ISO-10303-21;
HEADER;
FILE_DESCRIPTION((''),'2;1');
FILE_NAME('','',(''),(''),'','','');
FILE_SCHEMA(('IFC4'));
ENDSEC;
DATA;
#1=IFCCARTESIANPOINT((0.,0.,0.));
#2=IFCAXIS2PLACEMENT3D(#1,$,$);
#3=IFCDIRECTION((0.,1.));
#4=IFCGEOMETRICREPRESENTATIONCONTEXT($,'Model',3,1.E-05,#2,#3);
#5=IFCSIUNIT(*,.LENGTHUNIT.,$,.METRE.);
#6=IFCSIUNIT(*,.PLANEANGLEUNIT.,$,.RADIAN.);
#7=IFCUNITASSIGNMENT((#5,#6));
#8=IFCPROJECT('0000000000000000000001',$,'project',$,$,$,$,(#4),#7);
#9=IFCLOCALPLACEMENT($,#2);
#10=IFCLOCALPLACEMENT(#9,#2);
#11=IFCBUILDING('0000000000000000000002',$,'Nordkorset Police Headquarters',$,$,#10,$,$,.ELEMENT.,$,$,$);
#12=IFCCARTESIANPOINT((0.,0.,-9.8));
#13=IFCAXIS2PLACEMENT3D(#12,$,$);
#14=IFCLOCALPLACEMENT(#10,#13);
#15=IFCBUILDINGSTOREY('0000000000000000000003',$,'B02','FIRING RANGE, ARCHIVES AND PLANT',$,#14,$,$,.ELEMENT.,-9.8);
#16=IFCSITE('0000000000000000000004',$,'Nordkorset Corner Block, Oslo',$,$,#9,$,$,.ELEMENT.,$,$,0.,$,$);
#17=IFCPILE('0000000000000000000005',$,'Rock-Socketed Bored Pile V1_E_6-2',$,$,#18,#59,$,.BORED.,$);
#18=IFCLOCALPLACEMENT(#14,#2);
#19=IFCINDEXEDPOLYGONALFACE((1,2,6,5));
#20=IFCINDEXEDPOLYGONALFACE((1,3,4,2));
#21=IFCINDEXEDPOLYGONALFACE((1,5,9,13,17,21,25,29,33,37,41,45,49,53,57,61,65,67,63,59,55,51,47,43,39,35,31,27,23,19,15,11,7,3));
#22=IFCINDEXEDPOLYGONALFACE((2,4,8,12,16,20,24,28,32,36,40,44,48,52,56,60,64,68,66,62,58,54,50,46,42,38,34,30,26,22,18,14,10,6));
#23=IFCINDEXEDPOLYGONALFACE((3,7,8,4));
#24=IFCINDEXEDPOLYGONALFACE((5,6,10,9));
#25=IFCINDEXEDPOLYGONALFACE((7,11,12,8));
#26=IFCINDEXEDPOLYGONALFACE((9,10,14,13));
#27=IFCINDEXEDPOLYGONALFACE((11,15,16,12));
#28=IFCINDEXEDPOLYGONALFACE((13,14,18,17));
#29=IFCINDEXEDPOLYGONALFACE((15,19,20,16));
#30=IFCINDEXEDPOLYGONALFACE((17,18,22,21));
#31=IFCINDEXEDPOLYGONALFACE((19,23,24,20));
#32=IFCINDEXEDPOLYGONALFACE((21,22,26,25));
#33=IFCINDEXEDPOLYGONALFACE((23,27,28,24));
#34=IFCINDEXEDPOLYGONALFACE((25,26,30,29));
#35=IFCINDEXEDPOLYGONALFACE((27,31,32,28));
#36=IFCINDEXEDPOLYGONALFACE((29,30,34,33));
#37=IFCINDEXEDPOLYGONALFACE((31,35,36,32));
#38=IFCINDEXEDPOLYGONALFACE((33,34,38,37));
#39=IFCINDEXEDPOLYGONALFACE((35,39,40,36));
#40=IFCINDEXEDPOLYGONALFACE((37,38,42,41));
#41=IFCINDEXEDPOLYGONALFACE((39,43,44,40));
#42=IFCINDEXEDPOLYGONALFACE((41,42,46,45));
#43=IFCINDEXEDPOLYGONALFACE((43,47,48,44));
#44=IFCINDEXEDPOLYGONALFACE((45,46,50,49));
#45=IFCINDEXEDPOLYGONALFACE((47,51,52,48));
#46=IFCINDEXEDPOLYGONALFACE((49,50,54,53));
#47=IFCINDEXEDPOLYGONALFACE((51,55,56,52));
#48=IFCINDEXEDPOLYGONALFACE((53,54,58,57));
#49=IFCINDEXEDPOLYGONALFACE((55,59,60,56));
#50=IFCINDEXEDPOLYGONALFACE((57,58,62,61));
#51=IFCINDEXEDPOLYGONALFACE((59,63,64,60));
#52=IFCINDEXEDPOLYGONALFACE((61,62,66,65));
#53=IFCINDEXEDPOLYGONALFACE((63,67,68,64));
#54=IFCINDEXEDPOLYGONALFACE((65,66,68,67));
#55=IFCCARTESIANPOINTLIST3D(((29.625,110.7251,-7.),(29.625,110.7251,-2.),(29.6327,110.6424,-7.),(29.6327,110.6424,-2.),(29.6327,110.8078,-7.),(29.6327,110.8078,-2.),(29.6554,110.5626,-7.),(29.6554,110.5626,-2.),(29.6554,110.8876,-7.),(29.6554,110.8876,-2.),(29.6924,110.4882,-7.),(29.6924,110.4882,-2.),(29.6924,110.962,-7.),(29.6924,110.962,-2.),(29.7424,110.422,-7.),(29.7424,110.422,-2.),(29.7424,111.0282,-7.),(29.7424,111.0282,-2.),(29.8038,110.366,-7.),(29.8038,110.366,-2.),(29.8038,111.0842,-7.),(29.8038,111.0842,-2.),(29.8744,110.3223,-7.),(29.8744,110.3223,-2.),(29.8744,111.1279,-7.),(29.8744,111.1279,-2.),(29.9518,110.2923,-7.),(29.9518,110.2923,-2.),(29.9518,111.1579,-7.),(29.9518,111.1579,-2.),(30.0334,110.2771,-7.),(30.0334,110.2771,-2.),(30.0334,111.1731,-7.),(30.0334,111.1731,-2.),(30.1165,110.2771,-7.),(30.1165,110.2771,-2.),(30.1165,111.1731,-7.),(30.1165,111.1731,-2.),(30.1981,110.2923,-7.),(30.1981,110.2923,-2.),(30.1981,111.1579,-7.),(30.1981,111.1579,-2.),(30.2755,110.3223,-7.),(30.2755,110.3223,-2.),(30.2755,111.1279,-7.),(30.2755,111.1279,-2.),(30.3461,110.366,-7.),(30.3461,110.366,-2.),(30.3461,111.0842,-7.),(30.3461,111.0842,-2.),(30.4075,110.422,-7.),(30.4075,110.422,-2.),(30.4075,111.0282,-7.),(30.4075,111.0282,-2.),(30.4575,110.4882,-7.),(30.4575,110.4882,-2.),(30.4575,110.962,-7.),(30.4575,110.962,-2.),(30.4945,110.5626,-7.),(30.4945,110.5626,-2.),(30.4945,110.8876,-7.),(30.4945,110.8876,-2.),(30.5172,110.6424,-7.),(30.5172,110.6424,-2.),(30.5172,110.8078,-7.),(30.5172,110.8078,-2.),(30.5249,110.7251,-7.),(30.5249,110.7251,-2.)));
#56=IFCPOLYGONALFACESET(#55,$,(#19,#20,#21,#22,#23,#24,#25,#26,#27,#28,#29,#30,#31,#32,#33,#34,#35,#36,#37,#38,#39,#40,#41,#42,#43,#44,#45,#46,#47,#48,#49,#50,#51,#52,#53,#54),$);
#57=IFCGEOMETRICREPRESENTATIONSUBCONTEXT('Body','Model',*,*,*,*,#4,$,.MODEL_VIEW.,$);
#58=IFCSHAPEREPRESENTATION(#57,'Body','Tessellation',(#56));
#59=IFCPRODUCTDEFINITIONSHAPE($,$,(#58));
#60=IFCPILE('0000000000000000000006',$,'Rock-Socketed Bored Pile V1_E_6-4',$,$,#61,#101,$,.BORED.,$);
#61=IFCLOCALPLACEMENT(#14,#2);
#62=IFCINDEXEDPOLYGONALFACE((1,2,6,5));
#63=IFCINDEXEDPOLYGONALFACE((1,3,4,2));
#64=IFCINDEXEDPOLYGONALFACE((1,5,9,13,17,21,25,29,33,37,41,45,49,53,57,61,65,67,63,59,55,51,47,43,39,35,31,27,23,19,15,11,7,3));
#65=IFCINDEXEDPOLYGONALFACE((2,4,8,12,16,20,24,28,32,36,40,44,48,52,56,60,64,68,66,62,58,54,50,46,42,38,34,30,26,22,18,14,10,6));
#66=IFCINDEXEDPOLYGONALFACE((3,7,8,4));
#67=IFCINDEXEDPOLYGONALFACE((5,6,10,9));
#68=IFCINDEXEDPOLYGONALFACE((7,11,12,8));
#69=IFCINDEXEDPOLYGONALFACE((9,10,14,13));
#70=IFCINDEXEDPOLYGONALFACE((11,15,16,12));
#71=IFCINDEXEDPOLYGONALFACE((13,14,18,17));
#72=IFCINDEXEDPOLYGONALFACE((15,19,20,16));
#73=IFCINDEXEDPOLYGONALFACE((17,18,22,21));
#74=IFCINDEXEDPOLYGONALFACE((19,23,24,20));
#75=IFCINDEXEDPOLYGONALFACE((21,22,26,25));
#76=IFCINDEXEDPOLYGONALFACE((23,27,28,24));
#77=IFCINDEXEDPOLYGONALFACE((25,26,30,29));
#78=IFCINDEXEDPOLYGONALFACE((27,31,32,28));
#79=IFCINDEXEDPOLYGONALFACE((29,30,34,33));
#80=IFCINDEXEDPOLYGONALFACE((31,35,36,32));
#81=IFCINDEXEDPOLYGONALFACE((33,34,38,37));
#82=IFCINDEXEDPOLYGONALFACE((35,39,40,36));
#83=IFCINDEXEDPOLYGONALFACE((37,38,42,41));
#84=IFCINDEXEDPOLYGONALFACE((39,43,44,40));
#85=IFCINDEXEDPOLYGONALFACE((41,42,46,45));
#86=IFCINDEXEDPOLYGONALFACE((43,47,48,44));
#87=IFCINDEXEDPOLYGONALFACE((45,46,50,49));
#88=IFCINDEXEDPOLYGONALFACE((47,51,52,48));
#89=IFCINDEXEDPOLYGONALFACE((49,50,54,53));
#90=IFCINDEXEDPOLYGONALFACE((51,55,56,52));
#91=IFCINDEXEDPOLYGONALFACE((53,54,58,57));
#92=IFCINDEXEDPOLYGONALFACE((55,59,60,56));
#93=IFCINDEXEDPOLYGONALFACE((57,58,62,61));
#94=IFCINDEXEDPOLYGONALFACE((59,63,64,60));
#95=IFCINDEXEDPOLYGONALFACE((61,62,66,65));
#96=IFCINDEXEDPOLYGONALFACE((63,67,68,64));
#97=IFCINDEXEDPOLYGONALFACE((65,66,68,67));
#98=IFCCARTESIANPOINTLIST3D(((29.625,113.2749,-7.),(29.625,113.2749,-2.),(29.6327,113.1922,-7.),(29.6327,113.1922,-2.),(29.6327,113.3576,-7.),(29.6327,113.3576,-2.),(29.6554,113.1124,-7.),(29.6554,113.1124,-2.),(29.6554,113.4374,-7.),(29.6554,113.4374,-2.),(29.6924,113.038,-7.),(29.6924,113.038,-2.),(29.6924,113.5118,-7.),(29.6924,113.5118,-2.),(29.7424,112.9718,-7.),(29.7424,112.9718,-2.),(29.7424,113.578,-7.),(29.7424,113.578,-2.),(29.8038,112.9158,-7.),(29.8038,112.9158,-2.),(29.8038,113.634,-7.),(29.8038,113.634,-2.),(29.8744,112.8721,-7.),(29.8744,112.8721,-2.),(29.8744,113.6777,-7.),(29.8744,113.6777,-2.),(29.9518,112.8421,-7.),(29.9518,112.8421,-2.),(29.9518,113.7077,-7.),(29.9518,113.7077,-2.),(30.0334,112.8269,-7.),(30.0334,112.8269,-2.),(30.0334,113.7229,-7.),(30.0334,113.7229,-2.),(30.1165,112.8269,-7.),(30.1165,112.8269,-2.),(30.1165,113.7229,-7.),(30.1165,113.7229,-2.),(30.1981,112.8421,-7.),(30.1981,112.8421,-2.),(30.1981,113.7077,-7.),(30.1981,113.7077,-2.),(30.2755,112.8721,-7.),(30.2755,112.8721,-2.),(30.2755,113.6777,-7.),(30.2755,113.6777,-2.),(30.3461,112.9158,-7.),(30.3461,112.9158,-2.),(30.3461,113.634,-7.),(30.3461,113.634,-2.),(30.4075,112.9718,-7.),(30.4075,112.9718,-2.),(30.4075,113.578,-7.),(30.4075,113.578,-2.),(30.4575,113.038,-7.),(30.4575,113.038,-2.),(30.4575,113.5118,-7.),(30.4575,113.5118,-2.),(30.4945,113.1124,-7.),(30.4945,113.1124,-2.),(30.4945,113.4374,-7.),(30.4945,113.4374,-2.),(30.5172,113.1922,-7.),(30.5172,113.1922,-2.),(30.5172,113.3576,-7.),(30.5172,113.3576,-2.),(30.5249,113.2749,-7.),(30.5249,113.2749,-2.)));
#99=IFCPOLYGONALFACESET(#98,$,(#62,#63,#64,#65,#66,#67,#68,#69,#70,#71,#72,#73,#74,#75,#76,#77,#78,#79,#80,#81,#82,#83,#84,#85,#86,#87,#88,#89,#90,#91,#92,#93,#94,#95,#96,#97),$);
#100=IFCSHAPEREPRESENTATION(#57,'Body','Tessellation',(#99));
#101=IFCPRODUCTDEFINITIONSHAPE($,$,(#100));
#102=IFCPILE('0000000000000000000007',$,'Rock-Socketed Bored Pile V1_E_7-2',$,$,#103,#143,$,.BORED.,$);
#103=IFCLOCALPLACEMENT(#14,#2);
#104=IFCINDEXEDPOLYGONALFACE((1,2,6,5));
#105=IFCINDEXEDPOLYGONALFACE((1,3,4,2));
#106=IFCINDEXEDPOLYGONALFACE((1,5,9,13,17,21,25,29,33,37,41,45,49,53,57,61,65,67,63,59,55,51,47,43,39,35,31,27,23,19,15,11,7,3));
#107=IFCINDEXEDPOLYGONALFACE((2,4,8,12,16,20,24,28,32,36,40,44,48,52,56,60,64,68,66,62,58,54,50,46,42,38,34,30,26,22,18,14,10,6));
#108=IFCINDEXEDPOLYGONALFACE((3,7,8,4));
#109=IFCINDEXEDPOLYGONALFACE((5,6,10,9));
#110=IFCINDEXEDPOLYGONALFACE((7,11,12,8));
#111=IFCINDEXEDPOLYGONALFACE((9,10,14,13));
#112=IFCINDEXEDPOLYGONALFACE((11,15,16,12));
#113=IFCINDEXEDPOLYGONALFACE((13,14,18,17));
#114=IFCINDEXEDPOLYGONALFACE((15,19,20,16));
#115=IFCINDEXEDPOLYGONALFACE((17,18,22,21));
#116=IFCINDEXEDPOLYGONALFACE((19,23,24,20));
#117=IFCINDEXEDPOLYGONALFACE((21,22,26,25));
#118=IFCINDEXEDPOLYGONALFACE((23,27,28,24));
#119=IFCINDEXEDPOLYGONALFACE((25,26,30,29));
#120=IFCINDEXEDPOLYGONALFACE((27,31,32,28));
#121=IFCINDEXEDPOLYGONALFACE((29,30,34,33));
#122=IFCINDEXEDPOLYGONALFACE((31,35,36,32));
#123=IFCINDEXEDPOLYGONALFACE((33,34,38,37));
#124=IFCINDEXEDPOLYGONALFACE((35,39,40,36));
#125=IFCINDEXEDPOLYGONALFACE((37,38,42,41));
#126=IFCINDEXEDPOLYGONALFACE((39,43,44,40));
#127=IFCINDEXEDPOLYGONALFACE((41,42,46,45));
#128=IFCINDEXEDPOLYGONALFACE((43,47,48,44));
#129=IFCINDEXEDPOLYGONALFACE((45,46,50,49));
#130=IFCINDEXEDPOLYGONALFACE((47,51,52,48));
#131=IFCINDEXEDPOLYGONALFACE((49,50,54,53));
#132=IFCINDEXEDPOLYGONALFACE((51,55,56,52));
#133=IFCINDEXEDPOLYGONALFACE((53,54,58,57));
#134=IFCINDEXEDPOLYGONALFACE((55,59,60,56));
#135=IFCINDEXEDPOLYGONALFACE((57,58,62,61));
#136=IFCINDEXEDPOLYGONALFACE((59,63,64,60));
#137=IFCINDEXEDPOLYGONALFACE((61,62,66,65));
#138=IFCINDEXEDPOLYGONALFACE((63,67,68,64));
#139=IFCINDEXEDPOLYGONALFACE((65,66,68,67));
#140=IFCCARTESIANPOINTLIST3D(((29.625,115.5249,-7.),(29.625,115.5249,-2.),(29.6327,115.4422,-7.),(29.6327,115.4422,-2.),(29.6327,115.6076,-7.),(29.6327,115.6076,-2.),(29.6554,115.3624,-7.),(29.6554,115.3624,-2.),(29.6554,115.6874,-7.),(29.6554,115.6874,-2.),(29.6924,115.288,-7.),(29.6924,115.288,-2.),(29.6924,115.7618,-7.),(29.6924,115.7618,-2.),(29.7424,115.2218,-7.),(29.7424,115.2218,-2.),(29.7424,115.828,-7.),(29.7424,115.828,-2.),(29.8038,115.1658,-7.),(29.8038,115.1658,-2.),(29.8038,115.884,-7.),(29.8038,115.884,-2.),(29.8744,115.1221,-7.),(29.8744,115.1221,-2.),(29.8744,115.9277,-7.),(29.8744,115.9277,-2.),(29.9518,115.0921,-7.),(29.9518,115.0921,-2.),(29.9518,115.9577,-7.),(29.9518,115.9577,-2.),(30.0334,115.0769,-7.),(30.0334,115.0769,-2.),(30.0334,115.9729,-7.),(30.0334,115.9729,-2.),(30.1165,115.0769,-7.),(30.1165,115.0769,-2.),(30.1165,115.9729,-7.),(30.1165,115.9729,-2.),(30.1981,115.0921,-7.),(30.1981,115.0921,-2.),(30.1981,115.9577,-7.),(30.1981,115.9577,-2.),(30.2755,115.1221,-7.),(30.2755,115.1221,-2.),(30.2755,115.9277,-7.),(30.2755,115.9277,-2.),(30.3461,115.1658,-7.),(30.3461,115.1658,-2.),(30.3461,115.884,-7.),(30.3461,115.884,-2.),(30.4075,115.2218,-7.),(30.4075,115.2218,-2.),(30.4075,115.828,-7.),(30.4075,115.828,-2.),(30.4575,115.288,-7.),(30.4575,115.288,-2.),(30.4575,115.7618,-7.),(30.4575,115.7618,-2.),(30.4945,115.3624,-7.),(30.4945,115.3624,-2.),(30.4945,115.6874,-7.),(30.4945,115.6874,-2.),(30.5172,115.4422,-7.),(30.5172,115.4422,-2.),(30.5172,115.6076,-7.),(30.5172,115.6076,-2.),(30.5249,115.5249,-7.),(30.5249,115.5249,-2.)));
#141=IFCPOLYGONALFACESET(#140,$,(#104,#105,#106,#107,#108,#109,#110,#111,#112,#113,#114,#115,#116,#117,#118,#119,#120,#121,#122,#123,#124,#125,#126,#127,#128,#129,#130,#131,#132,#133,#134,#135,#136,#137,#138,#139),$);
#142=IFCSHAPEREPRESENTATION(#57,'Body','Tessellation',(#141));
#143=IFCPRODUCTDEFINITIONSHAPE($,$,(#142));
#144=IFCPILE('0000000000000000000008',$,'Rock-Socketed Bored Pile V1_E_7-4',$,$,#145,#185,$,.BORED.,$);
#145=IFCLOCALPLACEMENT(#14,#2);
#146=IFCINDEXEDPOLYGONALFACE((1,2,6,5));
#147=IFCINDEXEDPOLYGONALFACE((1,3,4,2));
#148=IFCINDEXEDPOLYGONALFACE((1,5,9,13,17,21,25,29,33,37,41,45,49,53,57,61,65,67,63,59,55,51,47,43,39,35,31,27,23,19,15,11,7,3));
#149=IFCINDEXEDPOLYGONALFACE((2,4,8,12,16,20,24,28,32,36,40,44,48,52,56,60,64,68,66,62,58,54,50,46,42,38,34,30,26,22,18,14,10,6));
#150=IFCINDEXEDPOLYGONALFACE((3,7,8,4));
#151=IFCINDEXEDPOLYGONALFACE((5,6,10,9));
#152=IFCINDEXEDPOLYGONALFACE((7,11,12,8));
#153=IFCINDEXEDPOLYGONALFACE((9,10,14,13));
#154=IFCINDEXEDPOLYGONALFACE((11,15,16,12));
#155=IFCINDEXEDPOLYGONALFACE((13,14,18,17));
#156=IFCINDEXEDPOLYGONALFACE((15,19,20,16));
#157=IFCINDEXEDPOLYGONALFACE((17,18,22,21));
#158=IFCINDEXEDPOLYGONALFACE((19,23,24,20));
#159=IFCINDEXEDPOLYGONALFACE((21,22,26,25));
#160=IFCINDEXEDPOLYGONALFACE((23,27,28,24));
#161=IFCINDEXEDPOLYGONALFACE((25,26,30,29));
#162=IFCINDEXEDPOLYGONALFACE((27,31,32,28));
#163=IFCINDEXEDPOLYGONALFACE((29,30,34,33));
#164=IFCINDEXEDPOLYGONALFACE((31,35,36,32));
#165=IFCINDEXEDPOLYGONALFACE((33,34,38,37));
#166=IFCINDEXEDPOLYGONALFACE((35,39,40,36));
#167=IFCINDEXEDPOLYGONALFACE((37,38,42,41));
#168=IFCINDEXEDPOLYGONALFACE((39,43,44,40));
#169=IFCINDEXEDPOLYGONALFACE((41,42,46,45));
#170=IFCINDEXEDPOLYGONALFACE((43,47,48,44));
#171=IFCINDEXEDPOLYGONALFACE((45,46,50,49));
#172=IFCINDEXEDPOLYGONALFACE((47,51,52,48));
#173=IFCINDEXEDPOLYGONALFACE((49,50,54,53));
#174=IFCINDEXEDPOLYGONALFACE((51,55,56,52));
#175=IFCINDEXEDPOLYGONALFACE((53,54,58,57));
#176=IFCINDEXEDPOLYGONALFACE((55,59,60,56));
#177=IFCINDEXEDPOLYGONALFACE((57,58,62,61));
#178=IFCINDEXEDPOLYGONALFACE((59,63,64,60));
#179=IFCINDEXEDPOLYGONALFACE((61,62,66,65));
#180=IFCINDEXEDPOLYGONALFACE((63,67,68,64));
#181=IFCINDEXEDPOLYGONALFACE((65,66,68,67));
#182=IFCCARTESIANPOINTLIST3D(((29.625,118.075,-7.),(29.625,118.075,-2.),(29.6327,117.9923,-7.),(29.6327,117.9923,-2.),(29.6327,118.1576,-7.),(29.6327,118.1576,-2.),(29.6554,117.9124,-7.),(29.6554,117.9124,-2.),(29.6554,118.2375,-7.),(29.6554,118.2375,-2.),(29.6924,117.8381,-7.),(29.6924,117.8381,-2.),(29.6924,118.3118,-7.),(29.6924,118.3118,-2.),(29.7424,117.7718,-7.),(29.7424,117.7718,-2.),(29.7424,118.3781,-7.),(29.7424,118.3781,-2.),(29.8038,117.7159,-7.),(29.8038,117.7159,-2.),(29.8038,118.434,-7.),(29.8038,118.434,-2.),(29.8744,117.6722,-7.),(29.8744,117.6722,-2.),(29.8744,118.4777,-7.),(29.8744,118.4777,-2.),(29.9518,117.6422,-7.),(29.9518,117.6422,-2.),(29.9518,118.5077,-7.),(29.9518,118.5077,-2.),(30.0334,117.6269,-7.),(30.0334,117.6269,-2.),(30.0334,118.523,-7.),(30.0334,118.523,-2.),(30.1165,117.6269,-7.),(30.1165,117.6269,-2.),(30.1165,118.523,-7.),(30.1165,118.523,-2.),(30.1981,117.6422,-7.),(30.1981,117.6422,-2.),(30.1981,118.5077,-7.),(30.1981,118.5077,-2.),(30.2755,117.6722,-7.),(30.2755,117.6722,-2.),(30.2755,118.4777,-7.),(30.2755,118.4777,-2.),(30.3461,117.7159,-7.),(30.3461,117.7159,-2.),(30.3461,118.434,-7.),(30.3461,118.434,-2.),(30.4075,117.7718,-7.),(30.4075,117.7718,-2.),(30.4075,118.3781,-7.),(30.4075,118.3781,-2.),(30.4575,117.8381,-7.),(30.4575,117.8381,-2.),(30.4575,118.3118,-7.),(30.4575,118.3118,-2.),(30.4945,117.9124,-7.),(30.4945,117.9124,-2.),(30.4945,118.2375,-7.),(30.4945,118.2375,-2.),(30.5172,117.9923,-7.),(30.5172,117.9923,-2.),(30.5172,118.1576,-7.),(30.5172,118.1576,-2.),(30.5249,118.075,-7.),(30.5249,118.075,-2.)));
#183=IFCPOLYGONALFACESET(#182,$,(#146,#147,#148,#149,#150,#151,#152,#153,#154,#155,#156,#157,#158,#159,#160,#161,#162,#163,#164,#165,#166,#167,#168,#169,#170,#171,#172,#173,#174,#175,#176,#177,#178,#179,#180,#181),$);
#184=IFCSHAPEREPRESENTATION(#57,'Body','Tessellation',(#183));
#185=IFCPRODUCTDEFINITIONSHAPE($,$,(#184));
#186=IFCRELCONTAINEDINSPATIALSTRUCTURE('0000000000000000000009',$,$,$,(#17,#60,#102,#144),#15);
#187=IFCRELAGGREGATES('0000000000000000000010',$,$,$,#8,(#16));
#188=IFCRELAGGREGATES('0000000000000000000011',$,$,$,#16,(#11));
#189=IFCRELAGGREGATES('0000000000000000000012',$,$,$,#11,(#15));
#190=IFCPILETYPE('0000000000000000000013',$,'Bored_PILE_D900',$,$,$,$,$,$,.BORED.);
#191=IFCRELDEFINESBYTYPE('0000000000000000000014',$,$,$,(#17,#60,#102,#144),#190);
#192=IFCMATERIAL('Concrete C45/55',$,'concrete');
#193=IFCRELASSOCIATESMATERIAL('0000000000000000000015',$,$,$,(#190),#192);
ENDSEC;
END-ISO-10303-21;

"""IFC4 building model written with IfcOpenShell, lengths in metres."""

from ifc_helpers import new_model, si_unit, direction, frame, origin, origin_2d, place, context, subcontext, project, spatial, circle, extrude, material, material_profile, profile_set, type_object, element, save


model = new_model("IFC4")

# Units and contexts
model_context = context("Model", 3, precision=1e-05, world=origin(), true_north=direction((0.0, 1.0)))
body_context = subcontext(model_context, "Body", "Model", "MODEL_VIEW")
ifc_project = project(units=[si_unit("LENGTHUNIT", "METRE"), si_unit("PLANEANGLEUNIT", "RADIAN")], contexts=[model_context])

# Site, building, storey
site_placement = place(None, origin())
site = spatial("IfcSite", under=ifc_project, at=site_placement, Name="Nordkorset Corner Block, Oslo", CompositionType="ELEMENT", RefElevation=0.0)
building_placement = place(site_placement, origin())
building = spatial("IfcBuilding", under=site, at=building_placement, Name="Nordkorset Police Headquarters", CompositionType="ELEMENT")
storey_placement = place(building_placement, frame((0.0, 0.0, -9.8)))
storey = spatial("IfcBuildingStorey", under=building, at=storey_placement, Name="B02", Description="FIRING RANGE, ARCHIVES AND PLANT", CompositionType="ELEMENT", Elevation=-9.8)

# Piles
ifc_material_1 = material(Name="Concrete C45/55", Category="concrete")
ifc_material_profile_1 = material_profile(ifc_material_1, circle(Radius=0.45, at=origin_2d()), Name="PILE D900")
ifc_profile_set_1 = profile_set([ifc_material_profile_1], Name="Concrete C45/55")
pile_type = type_object("IfcPileType", Name="Bored_PILE_D900", PredefinedType="BORED", material=ifc_profile_set_1)
for number, where, z_axis, x_axis, name in (
    (1, (30.075, 110.7251, -2.0), (0.0, 0.0, -1.0), (1.0, 0.0, 0.0), "Rock-Socketed Bored Pile V1_E_6-2"),
    (2, (30.075, 113.2749, -2.0), (0.0, 0.0, -1.0), (1.0, 0.0, 0.0), "Rock-Socketed Bored Pile V1_E_6-4"),
    (3, (30.075, 115.5249, -2.0), (0.0, 0.0, -1.0), (1.0, 0.0, 0.0), "Rock-Socketed Bored Pile V1_E_7-2"),
    (4, (30.075, 118.075, -2.0), (0.0, 0.0, -1.0), (1.0, 0.0, 0.0), "Rock-Socketed Bored Pile V1_E_7-4"),
):
    element("IfcPile", number, at=place(storey_placement, frame(where, z_axis=z_axis, x_axis=x_axis)), inside=storey, type_object=pile_type, Name=name, PredefinedType="BORED", context=body_context, shape_type="SweptSolid", body=[
        extrude(circle(Radius=0.45, at=origin_2d()), origin(), (0.0, 0.0, 1.0), 5.0),
    ])

save(model, "model.ifc")
